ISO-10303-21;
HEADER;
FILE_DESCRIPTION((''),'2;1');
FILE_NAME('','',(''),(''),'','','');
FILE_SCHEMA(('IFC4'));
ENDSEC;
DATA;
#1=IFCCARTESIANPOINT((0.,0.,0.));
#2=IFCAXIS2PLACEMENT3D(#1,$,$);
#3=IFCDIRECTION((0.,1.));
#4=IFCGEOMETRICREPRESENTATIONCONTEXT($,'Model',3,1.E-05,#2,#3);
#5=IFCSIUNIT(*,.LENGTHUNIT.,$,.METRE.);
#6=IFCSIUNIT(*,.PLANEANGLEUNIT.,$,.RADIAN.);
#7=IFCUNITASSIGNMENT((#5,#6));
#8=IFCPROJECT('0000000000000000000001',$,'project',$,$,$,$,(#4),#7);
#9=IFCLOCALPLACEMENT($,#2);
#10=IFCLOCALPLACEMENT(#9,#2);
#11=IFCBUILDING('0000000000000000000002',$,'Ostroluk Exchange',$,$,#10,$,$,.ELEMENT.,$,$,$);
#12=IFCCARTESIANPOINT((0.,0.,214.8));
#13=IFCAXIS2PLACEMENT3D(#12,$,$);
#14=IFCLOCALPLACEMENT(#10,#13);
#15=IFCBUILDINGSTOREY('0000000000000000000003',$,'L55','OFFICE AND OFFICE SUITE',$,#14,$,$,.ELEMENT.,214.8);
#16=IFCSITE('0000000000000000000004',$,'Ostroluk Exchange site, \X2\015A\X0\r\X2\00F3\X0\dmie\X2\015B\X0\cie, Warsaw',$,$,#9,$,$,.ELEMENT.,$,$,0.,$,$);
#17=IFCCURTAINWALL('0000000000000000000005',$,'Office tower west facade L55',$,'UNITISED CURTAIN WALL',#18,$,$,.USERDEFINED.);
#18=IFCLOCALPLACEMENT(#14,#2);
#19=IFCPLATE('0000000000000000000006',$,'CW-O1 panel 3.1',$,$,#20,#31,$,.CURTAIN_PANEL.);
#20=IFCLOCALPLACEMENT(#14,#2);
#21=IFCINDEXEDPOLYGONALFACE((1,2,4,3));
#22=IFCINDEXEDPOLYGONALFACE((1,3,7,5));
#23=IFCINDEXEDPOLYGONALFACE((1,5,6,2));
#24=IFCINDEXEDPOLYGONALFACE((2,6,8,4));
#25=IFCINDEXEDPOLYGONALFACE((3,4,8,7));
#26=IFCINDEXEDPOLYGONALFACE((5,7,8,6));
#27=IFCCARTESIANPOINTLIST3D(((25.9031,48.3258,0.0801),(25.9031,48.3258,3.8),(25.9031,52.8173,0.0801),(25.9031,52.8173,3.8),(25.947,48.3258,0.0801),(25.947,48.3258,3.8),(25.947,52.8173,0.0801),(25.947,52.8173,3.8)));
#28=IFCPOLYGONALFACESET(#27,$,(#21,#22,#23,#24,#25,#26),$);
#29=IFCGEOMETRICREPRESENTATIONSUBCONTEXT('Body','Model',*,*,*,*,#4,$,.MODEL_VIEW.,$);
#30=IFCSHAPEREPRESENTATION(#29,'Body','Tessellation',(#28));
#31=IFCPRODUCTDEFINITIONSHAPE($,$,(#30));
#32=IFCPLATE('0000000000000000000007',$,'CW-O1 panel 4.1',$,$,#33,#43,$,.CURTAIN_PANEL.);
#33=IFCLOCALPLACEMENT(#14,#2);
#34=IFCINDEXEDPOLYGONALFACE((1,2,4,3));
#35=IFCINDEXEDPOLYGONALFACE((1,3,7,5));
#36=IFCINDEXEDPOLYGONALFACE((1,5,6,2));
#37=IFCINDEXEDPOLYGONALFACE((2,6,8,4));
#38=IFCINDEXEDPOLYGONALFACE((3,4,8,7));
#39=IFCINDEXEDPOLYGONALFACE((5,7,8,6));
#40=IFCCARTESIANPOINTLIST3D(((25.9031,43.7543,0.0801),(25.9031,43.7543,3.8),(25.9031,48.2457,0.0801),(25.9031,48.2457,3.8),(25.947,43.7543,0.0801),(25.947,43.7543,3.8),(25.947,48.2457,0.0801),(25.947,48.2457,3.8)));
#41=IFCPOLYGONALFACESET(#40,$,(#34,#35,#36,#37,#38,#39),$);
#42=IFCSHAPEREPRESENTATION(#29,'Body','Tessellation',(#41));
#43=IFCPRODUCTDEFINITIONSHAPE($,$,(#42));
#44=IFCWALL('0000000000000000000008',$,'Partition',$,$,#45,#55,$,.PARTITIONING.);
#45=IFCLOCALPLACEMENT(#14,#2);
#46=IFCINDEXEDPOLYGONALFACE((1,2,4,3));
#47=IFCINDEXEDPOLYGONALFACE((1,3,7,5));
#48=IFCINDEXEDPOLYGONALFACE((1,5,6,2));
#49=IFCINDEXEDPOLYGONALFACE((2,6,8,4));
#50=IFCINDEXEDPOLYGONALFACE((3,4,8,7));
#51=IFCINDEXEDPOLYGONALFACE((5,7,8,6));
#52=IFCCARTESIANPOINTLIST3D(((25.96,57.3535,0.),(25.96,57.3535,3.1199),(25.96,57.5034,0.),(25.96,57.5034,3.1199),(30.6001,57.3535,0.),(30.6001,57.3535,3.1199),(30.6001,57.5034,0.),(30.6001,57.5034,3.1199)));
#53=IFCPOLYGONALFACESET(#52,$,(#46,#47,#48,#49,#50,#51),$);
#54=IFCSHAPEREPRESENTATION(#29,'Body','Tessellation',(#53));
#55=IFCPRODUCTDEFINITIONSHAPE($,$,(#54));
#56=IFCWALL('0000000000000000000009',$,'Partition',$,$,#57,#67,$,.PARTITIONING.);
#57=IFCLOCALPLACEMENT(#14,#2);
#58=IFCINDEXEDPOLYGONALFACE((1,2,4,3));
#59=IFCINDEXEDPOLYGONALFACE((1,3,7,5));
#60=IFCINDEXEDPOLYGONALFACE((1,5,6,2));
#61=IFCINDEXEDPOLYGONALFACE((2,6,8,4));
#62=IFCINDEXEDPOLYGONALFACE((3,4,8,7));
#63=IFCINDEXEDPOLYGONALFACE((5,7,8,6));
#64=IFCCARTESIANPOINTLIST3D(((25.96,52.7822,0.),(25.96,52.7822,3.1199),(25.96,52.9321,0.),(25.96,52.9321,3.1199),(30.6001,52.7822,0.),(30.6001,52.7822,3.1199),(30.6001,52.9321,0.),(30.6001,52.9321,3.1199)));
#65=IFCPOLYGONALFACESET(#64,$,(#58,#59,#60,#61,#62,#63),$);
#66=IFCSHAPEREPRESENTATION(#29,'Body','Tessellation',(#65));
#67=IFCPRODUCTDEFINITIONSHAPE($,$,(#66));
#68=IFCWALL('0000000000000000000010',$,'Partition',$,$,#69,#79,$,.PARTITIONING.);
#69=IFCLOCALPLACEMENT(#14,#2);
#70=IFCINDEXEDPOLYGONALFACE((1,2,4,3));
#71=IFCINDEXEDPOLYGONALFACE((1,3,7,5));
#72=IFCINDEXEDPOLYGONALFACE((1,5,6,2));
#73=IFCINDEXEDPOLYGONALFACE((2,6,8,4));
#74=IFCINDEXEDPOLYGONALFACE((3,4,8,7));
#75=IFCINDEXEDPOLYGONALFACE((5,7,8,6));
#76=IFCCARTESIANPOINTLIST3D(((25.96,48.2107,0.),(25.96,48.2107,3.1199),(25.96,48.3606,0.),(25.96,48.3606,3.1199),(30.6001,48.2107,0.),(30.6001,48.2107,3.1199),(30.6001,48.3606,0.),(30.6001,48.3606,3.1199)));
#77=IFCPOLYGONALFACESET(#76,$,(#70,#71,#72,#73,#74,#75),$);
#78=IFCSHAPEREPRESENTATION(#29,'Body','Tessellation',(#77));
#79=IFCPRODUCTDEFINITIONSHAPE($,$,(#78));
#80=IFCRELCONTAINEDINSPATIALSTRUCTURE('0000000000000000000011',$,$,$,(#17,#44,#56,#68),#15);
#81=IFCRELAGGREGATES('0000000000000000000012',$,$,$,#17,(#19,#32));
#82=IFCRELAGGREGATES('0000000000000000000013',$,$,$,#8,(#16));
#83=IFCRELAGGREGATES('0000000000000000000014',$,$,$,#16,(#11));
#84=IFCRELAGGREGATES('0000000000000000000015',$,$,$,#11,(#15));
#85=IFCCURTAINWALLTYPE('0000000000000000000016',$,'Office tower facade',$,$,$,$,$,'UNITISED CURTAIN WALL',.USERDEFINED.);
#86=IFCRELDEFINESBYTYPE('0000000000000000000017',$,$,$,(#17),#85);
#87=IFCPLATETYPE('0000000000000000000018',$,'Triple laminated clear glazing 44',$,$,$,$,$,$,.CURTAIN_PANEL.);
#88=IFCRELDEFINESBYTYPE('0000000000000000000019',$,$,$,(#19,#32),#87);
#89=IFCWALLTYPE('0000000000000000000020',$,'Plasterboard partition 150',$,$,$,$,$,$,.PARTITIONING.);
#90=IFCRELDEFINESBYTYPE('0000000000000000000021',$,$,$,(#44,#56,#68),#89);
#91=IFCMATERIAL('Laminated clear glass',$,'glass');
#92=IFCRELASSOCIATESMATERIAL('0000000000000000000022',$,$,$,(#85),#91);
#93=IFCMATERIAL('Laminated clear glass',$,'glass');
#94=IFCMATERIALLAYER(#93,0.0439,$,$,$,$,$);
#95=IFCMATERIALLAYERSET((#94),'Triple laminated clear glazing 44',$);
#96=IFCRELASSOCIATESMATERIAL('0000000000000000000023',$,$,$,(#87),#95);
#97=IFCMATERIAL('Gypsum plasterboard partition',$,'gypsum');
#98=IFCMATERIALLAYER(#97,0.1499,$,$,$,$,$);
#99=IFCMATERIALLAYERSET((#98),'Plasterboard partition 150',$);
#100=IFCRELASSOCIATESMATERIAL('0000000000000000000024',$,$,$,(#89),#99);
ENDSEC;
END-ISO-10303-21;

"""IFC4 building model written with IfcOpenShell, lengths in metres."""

from ifc_helpers import new_model, si_unit, direction, frame, frame_2d, origin, origin_2d, place, context, subcontext, project, spatial, rectangle, extrude, material, layer, layer_set, type_object, element, aggregate, save


model = new_model("IFC4")

# Units and contexts
model_context = context("Model", 3, precision=1e-05, world=origin(), true_north=direction((0.0, 1.0)))
body_context = subcontext(model_context, "Body", "Model", "MODEL_VIEW")
ifc_project = project(units=[si_unit("LENGTHUNIT", "METRE"), si_unit("PLANEANGLEUNIT", "RADIAN")], contexts=[model_context])

# Site, building, storey
site_placement = place(None, origin())
site = spatial("IfcSite", under=ifc_project, at=site_placement, Name="Ostroluk Exchange site, Śródmieście, Warsaw", CompositionType="ELEMENT", RefElevation=0.0)
building_placement = place(site_placement, origin())
building = spatial("IfcBuilding", under=site, at=building_placement, Name="Ostroluk Exchange", CompositionType="ELEMENT")
storey_placement = place(building_placement, frame((0.0, 0.0, 214.8)))
storey = spatial("IfcBuildingStorey", under=building, at=storey_placement, Name="L55", Description="OFFICE AND OFFICE SUITE", CompositionType="ELEMENT", Elevation=214.8)

# Curtain wall, plates
ifc_material_1 = material(Name="Laminated clear glass", Category="glass")
curtain_wall_type = type_object("IfcCurtainWallType", Name="Office tower facade", ElementType="UNITISED CURTAIN WALL", PredefinedType="USERDEFINED", material=ifc_material_1)
curtain_wall_placement = place(storey_placement, origin())
curtain_wall = element("IfcCurtainWall", 1, at=curtain_wall_placement, inside=storey, type_object=curtain_wall_type, Name="Office tower west facade L55", ObjectType="UNITISED CURTAIN WALL", PredefinedType="USERDEFINED")
ifc_material_2 = material(Name="Laminated clear glass", Category="glass")
ifc_layer_1 = layer(ifc_material_2, 0.0439)
ifc_layer_set_1 = layer_set([ifc_layer_1], Name="Triple laminated clear glazing 44")
plate_type = type_object("IfcPlateType", Name="Triple laminated clear glazing 44", PredefinedType="CURTAIN_PANEL", material=ifc_layer_set_1)
plate_1_placement = place(storey_placement, frame((25.925, 50.5715, 0.0801), z_axis=(0.0, 0.0, 1.0), x_axis=(0.0, -1.0, 0.0)))
plate_1 = element("IfcPlate", 2, at=plate_1_placement, type_object=plate_type, Name="CW-O1 panel 3.1", PredefinedType="CURTAIN_PANEL", context=body_context, shape_type="SweptSolid", body=[
    extrude(rectangle(XDim=4.4915, YDim=0.0439, at=origin_2d()), origin(), (0.0, 0.0, 1.0), 3.72),
])
plate_2_placement = place(storey_placement, frame((25.925, 46.0, 0.0801), z_axis=(0.0, 0.0, 1.0), x_axis=(0.0, -1.0, 0.0)))
plate_2 = element("IfcPlate", 3, at=plate_2_placement, type_object=plate_type, Name="CW-O1 panel 4.1", PredefinedType="CURTAIN_PANEL", context=body_context, shape_type="SweptSolid", body=[
    extrude(rectangle(XDim=4.4915, YDim=0.0439, at=origin_2d()), origin(), (0.0, 0.0, 1.0), 3.72),
])
aggregate(curtain_wall, [plate_1, plate_2])

# Walls
ifc_material_3 = material(Name="Gypsum plasterboard partition", Category="gypsum")
ifc_layer_2 = layer(ifc_material_3, 0.1499)
ifc_layer_set_2 = layer_set([ifc_layer_2], Name="Plasterboard partition 150")
wall_type = type_object("IfcWallType", Name="Plasterboard partition 150", PredefinedType="PARTITIONING", material=ifc_layer_set_2)
for number, where, z_axis, x_axis, name in (
    (4, (30.6001, 57.4285, 0.0), (0.0, 0.0, 1.0), (-1.0, 0.0, 0.0), "Partition"),
    (5, (30.6001, 52.8572, 0.0), (0.0, 0.0, 1.0), (-1.0, 0.0, 0.0), "Partition"),
    (6, (30.6001, 48.2856, 0.0), (0.0, 0.0, 1.0), (-1.0, 0.0, 0.0), "Partition"),
):
    element("IfcWall", number, at=place(storey_placement, frame(where, z_axis=z_axis, x_axis=x_axis)), inside=storey, type_object=wall_type, Name=name, PredefinedType="PARTITIONING", context=body_context, shape_type="SweptSolid", body=[
        extrude(rectangle(XDim=4.6401, YDim=0.1499, at=frame_2d((2.3201, 0.0))), origin(), (0.0, 0.0, 1.0), 3.1199),
    ])

save(model, "model.ifc")
